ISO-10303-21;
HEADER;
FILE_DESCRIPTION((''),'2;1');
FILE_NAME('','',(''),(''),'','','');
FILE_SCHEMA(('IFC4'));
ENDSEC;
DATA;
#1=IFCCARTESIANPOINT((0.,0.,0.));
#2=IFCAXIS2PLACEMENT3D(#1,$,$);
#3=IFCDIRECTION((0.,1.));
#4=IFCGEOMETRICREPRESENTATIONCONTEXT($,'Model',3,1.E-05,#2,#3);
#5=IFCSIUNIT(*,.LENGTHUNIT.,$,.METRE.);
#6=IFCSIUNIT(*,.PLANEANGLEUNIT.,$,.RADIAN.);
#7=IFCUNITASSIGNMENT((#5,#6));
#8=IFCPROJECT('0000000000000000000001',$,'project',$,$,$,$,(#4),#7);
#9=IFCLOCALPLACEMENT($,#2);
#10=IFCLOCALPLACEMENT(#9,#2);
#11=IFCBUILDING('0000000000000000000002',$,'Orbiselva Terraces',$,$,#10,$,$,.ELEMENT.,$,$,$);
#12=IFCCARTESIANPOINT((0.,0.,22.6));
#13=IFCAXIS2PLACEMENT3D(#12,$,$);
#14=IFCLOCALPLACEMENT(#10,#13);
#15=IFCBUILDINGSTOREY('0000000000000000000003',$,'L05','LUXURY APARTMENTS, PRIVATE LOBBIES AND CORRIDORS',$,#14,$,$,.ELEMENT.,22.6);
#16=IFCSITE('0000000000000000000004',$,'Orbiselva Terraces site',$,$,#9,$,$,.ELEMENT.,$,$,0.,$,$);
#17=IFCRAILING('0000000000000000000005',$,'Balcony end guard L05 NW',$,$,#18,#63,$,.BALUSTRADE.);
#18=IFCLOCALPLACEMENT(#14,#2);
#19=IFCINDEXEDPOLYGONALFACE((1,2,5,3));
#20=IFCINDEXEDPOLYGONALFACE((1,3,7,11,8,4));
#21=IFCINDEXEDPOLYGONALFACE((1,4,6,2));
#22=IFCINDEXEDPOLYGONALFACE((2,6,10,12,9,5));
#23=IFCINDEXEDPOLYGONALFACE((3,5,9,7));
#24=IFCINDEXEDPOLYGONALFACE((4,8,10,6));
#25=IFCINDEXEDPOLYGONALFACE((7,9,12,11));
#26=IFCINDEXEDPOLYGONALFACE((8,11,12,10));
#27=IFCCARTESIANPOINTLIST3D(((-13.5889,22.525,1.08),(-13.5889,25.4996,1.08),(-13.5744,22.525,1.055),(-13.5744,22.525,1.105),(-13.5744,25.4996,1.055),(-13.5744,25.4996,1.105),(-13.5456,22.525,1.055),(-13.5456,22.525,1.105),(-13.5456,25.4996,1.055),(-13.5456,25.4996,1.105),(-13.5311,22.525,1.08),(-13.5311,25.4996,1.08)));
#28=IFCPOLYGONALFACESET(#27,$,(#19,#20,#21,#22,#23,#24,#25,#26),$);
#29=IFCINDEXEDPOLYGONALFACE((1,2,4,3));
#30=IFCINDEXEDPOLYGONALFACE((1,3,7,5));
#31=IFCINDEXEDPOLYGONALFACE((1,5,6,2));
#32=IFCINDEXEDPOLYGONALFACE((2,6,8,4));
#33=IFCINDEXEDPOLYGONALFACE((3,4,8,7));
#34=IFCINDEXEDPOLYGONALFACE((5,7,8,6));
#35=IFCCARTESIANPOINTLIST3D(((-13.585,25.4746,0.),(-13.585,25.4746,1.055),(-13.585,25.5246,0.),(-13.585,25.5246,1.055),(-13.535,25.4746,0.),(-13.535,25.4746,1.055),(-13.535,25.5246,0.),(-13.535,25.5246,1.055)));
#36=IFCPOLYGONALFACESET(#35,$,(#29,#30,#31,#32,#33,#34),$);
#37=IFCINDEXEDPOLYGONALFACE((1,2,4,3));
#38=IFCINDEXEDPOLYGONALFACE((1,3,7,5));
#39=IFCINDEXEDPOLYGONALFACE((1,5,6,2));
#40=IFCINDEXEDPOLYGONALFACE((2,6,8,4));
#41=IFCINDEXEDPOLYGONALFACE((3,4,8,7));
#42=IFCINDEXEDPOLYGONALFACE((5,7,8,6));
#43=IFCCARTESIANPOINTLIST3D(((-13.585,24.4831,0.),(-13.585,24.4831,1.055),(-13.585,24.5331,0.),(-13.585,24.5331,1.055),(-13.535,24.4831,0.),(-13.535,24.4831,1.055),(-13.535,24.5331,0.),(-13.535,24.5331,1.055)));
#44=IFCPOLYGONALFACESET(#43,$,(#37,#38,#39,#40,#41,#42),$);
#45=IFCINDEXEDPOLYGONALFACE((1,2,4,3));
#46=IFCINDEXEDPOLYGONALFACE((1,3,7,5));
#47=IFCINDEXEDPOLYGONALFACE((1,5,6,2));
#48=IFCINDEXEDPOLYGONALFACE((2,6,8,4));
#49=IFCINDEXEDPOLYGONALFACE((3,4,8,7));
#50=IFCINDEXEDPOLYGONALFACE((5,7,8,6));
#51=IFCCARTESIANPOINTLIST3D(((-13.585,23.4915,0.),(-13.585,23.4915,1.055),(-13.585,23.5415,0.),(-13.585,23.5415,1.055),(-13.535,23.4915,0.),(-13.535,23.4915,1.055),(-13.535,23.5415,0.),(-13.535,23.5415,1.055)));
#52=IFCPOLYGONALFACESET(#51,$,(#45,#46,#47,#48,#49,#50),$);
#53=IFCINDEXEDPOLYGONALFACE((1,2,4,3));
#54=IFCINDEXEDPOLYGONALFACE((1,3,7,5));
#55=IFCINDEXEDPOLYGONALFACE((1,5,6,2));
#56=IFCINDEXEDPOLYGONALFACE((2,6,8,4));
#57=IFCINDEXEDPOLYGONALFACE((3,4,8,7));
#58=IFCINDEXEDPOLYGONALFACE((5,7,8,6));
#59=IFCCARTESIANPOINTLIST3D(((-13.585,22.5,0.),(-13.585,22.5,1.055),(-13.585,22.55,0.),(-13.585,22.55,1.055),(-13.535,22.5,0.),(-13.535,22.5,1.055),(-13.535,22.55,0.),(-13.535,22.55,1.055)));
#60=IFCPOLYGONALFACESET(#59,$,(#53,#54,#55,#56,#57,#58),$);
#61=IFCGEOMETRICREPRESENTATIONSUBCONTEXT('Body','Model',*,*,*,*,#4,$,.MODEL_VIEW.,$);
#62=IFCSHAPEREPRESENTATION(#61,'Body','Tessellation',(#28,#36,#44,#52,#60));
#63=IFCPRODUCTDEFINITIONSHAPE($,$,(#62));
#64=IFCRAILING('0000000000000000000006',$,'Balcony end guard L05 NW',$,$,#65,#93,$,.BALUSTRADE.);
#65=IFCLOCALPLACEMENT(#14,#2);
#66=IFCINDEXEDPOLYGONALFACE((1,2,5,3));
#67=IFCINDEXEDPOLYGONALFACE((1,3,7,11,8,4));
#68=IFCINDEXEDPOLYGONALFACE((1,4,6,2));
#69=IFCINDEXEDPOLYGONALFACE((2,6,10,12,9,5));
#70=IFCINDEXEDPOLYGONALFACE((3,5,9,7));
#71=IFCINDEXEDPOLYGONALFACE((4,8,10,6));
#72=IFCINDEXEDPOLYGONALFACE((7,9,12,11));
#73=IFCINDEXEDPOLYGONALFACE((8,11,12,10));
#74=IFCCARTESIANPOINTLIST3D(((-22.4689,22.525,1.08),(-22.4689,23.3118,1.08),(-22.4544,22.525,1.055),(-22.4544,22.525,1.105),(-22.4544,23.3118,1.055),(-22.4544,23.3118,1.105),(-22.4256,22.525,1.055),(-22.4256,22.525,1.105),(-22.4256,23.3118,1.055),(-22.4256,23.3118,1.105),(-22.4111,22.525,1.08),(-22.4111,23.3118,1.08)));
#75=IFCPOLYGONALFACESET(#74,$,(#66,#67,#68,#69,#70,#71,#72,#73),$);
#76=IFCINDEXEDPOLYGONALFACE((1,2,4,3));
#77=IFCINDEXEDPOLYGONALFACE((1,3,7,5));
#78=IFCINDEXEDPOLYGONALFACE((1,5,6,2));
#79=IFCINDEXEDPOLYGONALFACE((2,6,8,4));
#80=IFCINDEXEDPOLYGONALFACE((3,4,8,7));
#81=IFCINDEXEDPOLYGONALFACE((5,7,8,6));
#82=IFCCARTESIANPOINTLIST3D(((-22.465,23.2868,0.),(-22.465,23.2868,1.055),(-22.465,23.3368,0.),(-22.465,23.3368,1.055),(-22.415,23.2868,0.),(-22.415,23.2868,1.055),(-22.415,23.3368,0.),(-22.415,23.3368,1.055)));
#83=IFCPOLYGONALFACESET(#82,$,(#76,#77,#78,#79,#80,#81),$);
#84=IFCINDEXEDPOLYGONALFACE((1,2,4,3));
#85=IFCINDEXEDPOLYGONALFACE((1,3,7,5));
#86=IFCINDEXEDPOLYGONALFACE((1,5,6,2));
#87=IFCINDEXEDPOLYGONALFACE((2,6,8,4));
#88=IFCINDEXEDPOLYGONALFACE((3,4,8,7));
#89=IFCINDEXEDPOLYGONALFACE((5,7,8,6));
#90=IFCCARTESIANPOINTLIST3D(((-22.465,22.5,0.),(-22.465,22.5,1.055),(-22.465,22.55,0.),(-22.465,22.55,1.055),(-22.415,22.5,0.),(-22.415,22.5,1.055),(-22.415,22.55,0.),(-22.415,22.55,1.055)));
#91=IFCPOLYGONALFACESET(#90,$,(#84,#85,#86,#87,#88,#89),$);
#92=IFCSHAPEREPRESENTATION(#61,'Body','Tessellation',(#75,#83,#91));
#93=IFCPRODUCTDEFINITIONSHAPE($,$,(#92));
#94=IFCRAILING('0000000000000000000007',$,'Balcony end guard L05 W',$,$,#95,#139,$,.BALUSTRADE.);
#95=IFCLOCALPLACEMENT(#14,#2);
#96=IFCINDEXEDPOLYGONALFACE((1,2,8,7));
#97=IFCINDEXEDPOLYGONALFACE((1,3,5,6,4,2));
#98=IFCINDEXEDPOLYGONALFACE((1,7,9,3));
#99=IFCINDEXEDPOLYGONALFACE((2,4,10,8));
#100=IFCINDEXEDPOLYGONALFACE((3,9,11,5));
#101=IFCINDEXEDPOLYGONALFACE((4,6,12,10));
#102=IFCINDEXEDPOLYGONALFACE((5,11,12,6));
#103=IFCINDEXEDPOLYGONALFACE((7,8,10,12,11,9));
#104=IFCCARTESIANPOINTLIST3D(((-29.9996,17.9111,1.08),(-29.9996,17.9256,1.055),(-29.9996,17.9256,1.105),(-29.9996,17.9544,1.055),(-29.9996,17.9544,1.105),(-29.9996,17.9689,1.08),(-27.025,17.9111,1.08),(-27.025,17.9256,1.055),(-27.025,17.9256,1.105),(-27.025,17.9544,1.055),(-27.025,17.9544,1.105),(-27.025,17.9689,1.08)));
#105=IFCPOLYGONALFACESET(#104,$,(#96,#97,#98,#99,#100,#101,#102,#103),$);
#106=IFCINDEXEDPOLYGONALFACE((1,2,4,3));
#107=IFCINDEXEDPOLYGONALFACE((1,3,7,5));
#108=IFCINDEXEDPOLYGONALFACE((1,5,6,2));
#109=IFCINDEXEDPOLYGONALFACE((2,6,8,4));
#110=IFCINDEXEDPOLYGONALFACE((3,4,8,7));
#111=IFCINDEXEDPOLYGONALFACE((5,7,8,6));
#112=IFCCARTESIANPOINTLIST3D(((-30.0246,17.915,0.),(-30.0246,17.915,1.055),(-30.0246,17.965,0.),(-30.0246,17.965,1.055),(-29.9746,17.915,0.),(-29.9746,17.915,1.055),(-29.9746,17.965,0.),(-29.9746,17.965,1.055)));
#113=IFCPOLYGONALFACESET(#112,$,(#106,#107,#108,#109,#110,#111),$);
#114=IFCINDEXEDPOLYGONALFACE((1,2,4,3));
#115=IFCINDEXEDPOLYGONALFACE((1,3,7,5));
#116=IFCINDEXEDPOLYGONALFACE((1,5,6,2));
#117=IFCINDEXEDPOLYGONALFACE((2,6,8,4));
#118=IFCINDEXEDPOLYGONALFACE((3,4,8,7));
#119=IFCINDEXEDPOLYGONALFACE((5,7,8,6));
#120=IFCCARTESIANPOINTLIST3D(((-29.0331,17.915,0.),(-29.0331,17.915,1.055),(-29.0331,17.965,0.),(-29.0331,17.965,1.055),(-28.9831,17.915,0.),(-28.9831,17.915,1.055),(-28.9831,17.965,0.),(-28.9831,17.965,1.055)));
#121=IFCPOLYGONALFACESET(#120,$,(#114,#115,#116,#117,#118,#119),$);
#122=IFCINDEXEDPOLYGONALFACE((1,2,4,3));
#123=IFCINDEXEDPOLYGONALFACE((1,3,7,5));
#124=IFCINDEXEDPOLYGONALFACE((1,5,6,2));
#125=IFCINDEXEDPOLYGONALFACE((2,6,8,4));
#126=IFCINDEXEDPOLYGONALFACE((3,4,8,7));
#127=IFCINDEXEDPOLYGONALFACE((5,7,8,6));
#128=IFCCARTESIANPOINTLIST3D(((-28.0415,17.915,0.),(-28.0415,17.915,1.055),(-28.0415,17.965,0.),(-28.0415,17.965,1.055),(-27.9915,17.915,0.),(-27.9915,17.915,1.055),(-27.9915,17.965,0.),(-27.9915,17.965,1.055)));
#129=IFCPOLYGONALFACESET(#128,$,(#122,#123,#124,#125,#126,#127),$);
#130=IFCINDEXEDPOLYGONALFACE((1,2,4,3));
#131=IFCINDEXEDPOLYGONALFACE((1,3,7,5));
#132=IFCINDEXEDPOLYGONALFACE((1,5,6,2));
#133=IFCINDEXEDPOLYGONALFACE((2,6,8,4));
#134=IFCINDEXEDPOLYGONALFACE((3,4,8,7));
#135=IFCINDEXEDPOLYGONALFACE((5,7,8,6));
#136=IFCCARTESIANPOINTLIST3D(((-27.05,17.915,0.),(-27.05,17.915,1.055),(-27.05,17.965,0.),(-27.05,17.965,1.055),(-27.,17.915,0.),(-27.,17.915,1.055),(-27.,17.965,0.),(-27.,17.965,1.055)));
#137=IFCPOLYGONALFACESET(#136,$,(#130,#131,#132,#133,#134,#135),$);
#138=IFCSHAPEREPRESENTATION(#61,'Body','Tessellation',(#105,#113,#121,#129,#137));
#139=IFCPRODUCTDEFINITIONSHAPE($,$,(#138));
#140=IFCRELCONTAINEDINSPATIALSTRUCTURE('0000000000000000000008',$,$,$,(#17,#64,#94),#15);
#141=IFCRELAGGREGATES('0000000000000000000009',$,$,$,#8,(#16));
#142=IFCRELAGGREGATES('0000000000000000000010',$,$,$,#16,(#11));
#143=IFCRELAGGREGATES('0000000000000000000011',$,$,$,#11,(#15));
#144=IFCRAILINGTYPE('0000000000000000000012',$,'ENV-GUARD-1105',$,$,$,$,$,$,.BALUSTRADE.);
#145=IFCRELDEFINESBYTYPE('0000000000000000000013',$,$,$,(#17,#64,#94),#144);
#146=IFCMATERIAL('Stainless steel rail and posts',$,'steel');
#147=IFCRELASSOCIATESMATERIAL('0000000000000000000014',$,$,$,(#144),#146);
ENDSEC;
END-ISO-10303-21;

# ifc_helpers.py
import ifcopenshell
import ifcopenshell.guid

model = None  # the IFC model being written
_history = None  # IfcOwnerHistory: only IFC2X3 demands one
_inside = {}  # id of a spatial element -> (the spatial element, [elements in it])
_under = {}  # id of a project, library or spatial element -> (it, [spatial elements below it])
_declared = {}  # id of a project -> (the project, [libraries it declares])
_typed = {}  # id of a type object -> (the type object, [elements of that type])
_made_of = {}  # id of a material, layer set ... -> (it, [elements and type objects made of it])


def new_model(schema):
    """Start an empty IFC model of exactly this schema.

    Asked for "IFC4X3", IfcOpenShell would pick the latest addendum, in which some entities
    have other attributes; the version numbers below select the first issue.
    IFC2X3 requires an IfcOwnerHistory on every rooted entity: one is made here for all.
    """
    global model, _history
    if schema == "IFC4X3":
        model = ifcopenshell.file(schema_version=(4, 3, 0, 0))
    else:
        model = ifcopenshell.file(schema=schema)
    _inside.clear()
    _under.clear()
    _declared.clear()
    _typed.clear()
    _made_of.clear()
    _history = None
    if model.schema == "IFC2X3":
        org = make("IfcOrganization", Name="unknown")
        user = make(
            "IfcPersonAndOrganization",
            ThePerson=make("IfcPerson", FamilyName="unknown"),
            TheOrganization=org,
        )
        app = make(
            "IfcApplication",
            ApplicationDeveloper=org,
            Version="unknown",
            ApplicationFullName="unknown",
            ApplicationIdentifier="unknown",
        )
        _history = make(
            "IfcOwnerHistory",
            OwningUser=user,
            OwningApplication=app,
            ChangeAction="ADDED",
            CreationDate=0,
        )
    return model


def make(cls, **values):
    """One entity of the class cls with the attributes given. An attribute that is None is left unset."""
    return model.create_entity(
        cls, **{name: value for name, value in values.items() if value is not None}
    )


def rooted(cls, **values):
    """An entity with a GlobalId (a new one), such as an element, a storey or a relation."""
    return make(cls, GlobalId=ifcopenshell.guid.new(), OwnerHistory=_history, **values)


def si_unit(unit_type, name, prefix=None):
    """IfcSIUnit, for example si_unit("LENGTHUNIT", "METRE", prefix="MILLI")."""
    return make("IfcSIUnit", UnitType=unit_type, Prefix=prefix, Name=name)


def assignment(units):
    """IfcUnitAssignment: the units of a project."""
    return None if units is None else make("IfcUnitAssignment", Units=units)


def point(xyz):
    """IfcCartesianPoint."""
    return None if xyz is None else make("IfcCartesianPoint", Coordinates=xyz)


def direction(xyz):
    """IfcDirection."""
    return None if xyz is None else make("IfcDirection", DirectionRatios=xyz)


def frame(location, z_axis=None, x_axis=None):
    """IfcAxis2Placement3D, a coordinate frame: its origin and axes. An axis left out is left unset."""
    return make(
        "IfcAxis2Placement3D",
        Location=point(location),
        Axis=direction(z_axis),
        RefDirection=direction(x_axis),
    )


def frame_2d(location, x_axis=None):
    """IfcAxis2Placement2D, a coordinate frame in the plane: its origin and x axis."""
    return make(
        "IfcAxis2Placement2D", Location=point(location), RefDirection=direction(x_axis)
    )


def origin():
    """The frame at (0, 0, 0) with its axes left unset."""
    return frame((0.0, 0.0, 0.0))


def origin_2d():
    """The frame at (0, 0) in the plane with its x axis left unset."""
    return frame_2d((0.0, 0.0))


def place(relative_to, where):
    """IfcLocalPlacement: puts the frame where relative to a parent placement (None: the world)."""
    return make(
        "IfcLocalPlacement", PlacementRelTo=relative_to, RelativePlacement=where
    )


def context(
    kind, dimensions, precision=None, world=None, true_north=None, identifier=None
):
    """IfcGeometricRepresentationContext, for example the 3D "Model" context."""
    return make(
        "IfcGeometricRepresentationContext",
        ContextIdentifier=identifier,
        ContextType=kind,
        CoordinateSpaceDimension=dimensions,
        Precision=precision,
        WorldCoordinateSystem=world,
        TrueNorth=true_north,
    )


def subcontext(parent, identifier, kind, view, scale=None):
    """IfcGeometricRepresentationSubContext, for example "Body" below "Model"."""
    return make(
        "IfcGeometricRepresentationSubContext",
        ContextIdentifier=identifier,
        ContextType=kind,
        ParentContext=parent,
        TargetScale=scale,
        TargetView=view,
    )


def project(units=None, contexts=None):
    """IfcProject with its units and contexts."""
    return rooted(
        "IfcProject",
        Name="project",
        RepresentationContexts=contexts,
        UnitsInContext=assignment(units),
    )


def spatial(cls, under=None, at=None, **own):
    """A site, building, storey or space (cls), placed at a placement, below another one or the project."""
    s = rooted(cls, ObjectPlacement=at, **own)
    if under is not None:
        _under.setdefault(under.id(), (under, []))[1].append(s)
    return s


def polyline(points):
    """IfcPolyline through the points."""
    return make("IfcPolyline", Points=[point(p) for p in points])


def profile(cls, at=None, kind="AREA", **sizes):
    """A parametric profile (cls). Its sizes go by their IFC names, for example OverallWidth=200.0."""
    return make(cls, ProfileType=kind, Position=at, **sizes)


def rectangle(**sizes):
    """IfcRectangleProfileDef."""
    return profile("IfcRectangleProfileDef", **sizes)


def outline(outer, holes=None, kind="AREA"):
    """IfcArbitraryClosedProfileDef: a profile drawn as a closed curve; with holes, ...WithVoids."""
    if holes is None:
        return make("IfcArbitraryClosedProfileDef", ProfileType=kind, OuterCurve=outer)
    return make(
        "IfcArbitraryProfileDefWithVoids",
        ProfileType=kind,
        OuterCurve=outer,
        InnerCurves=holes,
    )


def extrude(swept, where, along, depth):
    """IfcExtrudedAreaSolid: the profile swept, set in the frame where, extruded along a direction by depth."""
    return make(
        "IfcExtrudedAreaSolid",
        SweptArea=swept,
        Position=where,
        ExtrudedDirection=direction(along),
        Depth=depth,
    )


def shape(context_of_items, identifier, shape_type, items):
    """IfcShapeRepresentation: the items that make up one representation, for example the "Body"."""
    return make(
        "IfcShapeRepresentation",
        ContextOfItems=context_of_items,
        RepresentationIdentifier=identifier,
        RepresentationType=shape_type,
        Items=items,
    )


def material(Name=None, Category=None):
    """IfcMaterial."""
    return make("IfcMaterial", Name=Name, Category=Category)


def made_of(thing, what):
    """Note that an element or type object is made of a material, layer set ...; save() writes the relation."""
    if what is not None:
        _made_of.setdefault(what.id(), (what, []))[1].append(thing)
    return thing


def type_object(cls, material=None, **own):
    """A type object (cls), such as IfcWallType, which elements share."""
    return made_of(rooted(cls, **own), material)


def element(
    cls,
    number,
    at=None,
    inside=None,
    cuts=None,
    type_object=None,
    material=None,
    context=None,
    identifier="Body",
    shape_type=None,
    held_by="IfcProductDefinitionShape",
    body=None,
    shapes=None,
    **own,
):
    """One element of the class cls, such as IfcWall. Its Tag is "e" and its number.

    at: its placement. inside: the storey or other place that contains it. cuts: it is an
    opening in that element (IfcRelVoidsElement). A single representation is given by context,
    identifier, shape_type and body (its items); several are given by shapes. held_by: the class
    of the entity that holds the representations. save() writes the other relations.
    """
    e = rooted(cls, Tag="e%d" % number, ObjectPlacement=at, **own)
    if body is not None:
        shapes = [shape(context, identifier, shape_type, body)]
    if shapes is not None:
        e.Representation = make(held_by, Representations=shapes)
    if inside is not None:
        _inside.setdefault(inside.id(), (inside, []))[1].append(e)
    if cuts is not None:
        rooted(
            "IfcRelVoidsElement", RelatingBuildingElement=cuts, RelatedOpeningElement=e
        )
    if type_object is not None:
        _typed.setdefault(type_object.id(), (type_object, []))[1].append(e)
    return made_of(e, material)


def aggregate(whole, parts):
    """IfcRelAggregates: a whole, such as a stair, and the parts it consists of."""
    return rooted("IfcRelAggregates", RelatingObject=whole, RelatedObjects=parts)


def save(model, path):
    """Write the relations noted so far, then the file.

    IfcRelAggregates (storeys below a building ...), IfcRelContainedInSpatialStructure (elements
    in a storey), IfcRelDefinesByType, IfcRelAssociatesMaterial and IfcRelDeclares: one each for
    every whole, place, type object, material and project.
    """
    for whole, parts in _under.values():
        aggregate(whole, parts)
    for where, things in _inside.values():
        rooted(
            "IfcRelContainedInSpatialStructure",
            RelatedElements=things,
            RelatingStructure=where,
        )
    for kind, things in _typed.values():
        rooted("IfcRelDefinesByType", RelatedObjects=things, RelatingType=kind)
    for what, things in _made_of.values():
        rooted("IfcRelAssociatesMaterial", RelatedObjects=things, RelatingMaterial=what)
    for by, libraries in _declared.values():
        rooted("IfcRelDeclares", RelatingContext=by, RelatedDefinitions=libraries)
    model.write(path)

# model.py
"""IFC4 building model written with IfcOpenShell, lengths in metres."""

from ifc_helpers import new_model, si_unit, direction, frame, origin, origin_2d, place, context, subcontext, project, spatial, polyline, rectangle, outline, extrude, material, type_object, element, save


model = new_model("IFC4")

# Units and contexts
model_context = context("Model", 3, precision=1e-05, world=origin(), true_north=direction((0.0, 1.0)))
body_context = subcontext(model_context, "Body", "Model", "MODEL_VIEW")
ifc_project = project(units=[si_unit("LENGTHUNIT", "METRE"), si_unit("PLANEANGLEUNIT", "RADIAN")], contexts=[model_context])

# Site, building, storey
site_placement = place(None, origin())
site = spatial("IfcSite", under=ifc_project, at=site_placement, Name="Orbiselva Terraces site", CompositionType="ELEMENT", RefElevation=0.0)
building_placement = place(site_placement, origin())
building = spatial("IfcBuilding", under=site, at=building_placement, Name="Orbiselva Terraces", CompositionType="ELEMENT")
storey_placement = place(building_placement, frame((0.0, 0.0, 22.6)))
storey = spatial("IfcBuildingStorey", under=building, at=storey_placement, Name="L05", Description="LUXURY APARTMENTS, PRIVATE LOBBIES AND CORRIDORS", CompositionType="ELEMENT", Elevation=22.6)

# Railings
ifc_material_1 = material(Name="Stainless steel rail and posts", Category="steel")
railing_type_1 = type_object("IfcRailingType", Name="ENV-GUARD-1105", PredefinedType="BALUSTRADE", material=ifc_material_1)
railing_1_placement = place(storey_placement, frame((-13.56, 25.4996, 0.0)))
element("IfcRailing", 1, at=railing_1_placement, inside=storey, type_object=railing_type_1, Name="Balcony end guard L05 NW", PredefinedType="BALUSTRADE", context=body_context, shape_type="SweptSolid", body=[
    extrude(outline(polyline([(0.0289, 0.0), (0.0144, 0.025), (-0.0144, 0.025), (-0.0289, 0.0), (-0.0144, -0.025), (0.0144, -0.025), (0.0289, 0.0)])), frame((0.0, 0.0, 1.08), z_axis=(0.0, -1.0, 0.0), x_axis=(1.0, 0.0, 0.0)), (0.0, 0.0, 1.0), 2.9746),
    extrude(rectangle(XDim=0.05, YDim=0.05, at=origin_2d()), origin(), (0.0, 0.0, 1.0), 1.055),
    extrude(rectangle(XDim=0.05, YDim=0.05, at=origin_2d()), frame((0.0, -0.9915, 0.0)), (0.0, 0.0, 1.0), 1.055),
    extrude(rectangle(XDim=0.05, YDim=0.05, at=origin_2d()), frame((0.0, -1.9831, 0.0)), (0.0, 0.0, 1.0), 1.055),
    extrude(rectangle(XDim=0.05, YDim=0.05, at=origin_2d()), frame((0.0, -2.9746, 0.0)), (0.0, 0.0, 1.0), 1.055),
])
railing_2_placement = place(storey_placement, frame((-22.44, 23.3118, 0.0)))
element("IfcRailing", 2, at=railing_2_placement, inside=storey, type_object=railing_type_1, Name="Balcony end guard L05 NW", PredefinedType="BALUSTRADE", context=body_context, shape_type="SweptSolid", body=[
    extrude(outline(polyline([(0.0289, 0.0), (0.0144, 0.025), (-0.0144, 0.025), (-0.0289, 0.0), (-0.0144, -0.025), (0.0144, -0.025), (0.0289, 0.0)])), frame((0.0, 0.0, 1.08), z_axis=(0.0, -1.0, 0.0), x_axis=(1.0, 0.0, 0.0)), (0.0, 0.0, 1.0), 0.7868),
    extrude(rectangle(XDim=0.05, YDim=0.05, at=origin_2d()), origin(), (0.0, 0.0, 1.0), 1.055),
    extrude(rectangle(XDim=0.05, YDim=0.05, at=origin_2d()), frame((0.0, -0.7868, 0.0)), (0.0, 0.0, 1.0), 1.055),
])
railing_3_placement = place(storey_placement, frame((-29.9996, 17.94, 0.0)))
element("IfcRailing", 3, at=railing_3_placement, inside=storey, type_object=railing_type_1, Name="Balcony end guard L05 W", PredefinedType="BALUSTRADE", context=body_context, shape_type="SweptSolid", body=[
    extrude(outline(polyline([(0.0289, 0.0), (0.0144, 0.025), (-0.0144, 0.025), (-0.0289, 0.0), (-0.0144, -0.025), (0.0144, -0.025), (0.0289, 0.0)])), frame((0.0, 0.0, 1.08), z_axis=(1.0, 0.0, 0.0), x_axis=(0.0, 1.0, 0.0)), (0.0, 0.0, 1.0), 2.9746),
    extrude(rectangle(XDim=0.05, YDim=0.05, at=origin_2d()), origin(), (0.0, 0.0, 1.0), 1.055),
    extrude(rectangle(XDim=0.05, YDim=0.05, at=origin_2d()), frame((0.9915, 0.0, 0.0)), (0.0, 0.0, 1.0), 1.055),
    extrude(rectangle(XDim=0.05, YDim=0.05, at=origin_2d()), frame((1.9831, 0.0, 0.0)), (0.0, 0.0, 1.0), 1.055),
    extrude(rectangle(XDim=0.05, YDim=0.05, at=origin_2d()), frame((2.9746, 0.0, 0.0)), (0.0, 0.0, 1.0), 1.055),
])

save(model, "model.ifc")
